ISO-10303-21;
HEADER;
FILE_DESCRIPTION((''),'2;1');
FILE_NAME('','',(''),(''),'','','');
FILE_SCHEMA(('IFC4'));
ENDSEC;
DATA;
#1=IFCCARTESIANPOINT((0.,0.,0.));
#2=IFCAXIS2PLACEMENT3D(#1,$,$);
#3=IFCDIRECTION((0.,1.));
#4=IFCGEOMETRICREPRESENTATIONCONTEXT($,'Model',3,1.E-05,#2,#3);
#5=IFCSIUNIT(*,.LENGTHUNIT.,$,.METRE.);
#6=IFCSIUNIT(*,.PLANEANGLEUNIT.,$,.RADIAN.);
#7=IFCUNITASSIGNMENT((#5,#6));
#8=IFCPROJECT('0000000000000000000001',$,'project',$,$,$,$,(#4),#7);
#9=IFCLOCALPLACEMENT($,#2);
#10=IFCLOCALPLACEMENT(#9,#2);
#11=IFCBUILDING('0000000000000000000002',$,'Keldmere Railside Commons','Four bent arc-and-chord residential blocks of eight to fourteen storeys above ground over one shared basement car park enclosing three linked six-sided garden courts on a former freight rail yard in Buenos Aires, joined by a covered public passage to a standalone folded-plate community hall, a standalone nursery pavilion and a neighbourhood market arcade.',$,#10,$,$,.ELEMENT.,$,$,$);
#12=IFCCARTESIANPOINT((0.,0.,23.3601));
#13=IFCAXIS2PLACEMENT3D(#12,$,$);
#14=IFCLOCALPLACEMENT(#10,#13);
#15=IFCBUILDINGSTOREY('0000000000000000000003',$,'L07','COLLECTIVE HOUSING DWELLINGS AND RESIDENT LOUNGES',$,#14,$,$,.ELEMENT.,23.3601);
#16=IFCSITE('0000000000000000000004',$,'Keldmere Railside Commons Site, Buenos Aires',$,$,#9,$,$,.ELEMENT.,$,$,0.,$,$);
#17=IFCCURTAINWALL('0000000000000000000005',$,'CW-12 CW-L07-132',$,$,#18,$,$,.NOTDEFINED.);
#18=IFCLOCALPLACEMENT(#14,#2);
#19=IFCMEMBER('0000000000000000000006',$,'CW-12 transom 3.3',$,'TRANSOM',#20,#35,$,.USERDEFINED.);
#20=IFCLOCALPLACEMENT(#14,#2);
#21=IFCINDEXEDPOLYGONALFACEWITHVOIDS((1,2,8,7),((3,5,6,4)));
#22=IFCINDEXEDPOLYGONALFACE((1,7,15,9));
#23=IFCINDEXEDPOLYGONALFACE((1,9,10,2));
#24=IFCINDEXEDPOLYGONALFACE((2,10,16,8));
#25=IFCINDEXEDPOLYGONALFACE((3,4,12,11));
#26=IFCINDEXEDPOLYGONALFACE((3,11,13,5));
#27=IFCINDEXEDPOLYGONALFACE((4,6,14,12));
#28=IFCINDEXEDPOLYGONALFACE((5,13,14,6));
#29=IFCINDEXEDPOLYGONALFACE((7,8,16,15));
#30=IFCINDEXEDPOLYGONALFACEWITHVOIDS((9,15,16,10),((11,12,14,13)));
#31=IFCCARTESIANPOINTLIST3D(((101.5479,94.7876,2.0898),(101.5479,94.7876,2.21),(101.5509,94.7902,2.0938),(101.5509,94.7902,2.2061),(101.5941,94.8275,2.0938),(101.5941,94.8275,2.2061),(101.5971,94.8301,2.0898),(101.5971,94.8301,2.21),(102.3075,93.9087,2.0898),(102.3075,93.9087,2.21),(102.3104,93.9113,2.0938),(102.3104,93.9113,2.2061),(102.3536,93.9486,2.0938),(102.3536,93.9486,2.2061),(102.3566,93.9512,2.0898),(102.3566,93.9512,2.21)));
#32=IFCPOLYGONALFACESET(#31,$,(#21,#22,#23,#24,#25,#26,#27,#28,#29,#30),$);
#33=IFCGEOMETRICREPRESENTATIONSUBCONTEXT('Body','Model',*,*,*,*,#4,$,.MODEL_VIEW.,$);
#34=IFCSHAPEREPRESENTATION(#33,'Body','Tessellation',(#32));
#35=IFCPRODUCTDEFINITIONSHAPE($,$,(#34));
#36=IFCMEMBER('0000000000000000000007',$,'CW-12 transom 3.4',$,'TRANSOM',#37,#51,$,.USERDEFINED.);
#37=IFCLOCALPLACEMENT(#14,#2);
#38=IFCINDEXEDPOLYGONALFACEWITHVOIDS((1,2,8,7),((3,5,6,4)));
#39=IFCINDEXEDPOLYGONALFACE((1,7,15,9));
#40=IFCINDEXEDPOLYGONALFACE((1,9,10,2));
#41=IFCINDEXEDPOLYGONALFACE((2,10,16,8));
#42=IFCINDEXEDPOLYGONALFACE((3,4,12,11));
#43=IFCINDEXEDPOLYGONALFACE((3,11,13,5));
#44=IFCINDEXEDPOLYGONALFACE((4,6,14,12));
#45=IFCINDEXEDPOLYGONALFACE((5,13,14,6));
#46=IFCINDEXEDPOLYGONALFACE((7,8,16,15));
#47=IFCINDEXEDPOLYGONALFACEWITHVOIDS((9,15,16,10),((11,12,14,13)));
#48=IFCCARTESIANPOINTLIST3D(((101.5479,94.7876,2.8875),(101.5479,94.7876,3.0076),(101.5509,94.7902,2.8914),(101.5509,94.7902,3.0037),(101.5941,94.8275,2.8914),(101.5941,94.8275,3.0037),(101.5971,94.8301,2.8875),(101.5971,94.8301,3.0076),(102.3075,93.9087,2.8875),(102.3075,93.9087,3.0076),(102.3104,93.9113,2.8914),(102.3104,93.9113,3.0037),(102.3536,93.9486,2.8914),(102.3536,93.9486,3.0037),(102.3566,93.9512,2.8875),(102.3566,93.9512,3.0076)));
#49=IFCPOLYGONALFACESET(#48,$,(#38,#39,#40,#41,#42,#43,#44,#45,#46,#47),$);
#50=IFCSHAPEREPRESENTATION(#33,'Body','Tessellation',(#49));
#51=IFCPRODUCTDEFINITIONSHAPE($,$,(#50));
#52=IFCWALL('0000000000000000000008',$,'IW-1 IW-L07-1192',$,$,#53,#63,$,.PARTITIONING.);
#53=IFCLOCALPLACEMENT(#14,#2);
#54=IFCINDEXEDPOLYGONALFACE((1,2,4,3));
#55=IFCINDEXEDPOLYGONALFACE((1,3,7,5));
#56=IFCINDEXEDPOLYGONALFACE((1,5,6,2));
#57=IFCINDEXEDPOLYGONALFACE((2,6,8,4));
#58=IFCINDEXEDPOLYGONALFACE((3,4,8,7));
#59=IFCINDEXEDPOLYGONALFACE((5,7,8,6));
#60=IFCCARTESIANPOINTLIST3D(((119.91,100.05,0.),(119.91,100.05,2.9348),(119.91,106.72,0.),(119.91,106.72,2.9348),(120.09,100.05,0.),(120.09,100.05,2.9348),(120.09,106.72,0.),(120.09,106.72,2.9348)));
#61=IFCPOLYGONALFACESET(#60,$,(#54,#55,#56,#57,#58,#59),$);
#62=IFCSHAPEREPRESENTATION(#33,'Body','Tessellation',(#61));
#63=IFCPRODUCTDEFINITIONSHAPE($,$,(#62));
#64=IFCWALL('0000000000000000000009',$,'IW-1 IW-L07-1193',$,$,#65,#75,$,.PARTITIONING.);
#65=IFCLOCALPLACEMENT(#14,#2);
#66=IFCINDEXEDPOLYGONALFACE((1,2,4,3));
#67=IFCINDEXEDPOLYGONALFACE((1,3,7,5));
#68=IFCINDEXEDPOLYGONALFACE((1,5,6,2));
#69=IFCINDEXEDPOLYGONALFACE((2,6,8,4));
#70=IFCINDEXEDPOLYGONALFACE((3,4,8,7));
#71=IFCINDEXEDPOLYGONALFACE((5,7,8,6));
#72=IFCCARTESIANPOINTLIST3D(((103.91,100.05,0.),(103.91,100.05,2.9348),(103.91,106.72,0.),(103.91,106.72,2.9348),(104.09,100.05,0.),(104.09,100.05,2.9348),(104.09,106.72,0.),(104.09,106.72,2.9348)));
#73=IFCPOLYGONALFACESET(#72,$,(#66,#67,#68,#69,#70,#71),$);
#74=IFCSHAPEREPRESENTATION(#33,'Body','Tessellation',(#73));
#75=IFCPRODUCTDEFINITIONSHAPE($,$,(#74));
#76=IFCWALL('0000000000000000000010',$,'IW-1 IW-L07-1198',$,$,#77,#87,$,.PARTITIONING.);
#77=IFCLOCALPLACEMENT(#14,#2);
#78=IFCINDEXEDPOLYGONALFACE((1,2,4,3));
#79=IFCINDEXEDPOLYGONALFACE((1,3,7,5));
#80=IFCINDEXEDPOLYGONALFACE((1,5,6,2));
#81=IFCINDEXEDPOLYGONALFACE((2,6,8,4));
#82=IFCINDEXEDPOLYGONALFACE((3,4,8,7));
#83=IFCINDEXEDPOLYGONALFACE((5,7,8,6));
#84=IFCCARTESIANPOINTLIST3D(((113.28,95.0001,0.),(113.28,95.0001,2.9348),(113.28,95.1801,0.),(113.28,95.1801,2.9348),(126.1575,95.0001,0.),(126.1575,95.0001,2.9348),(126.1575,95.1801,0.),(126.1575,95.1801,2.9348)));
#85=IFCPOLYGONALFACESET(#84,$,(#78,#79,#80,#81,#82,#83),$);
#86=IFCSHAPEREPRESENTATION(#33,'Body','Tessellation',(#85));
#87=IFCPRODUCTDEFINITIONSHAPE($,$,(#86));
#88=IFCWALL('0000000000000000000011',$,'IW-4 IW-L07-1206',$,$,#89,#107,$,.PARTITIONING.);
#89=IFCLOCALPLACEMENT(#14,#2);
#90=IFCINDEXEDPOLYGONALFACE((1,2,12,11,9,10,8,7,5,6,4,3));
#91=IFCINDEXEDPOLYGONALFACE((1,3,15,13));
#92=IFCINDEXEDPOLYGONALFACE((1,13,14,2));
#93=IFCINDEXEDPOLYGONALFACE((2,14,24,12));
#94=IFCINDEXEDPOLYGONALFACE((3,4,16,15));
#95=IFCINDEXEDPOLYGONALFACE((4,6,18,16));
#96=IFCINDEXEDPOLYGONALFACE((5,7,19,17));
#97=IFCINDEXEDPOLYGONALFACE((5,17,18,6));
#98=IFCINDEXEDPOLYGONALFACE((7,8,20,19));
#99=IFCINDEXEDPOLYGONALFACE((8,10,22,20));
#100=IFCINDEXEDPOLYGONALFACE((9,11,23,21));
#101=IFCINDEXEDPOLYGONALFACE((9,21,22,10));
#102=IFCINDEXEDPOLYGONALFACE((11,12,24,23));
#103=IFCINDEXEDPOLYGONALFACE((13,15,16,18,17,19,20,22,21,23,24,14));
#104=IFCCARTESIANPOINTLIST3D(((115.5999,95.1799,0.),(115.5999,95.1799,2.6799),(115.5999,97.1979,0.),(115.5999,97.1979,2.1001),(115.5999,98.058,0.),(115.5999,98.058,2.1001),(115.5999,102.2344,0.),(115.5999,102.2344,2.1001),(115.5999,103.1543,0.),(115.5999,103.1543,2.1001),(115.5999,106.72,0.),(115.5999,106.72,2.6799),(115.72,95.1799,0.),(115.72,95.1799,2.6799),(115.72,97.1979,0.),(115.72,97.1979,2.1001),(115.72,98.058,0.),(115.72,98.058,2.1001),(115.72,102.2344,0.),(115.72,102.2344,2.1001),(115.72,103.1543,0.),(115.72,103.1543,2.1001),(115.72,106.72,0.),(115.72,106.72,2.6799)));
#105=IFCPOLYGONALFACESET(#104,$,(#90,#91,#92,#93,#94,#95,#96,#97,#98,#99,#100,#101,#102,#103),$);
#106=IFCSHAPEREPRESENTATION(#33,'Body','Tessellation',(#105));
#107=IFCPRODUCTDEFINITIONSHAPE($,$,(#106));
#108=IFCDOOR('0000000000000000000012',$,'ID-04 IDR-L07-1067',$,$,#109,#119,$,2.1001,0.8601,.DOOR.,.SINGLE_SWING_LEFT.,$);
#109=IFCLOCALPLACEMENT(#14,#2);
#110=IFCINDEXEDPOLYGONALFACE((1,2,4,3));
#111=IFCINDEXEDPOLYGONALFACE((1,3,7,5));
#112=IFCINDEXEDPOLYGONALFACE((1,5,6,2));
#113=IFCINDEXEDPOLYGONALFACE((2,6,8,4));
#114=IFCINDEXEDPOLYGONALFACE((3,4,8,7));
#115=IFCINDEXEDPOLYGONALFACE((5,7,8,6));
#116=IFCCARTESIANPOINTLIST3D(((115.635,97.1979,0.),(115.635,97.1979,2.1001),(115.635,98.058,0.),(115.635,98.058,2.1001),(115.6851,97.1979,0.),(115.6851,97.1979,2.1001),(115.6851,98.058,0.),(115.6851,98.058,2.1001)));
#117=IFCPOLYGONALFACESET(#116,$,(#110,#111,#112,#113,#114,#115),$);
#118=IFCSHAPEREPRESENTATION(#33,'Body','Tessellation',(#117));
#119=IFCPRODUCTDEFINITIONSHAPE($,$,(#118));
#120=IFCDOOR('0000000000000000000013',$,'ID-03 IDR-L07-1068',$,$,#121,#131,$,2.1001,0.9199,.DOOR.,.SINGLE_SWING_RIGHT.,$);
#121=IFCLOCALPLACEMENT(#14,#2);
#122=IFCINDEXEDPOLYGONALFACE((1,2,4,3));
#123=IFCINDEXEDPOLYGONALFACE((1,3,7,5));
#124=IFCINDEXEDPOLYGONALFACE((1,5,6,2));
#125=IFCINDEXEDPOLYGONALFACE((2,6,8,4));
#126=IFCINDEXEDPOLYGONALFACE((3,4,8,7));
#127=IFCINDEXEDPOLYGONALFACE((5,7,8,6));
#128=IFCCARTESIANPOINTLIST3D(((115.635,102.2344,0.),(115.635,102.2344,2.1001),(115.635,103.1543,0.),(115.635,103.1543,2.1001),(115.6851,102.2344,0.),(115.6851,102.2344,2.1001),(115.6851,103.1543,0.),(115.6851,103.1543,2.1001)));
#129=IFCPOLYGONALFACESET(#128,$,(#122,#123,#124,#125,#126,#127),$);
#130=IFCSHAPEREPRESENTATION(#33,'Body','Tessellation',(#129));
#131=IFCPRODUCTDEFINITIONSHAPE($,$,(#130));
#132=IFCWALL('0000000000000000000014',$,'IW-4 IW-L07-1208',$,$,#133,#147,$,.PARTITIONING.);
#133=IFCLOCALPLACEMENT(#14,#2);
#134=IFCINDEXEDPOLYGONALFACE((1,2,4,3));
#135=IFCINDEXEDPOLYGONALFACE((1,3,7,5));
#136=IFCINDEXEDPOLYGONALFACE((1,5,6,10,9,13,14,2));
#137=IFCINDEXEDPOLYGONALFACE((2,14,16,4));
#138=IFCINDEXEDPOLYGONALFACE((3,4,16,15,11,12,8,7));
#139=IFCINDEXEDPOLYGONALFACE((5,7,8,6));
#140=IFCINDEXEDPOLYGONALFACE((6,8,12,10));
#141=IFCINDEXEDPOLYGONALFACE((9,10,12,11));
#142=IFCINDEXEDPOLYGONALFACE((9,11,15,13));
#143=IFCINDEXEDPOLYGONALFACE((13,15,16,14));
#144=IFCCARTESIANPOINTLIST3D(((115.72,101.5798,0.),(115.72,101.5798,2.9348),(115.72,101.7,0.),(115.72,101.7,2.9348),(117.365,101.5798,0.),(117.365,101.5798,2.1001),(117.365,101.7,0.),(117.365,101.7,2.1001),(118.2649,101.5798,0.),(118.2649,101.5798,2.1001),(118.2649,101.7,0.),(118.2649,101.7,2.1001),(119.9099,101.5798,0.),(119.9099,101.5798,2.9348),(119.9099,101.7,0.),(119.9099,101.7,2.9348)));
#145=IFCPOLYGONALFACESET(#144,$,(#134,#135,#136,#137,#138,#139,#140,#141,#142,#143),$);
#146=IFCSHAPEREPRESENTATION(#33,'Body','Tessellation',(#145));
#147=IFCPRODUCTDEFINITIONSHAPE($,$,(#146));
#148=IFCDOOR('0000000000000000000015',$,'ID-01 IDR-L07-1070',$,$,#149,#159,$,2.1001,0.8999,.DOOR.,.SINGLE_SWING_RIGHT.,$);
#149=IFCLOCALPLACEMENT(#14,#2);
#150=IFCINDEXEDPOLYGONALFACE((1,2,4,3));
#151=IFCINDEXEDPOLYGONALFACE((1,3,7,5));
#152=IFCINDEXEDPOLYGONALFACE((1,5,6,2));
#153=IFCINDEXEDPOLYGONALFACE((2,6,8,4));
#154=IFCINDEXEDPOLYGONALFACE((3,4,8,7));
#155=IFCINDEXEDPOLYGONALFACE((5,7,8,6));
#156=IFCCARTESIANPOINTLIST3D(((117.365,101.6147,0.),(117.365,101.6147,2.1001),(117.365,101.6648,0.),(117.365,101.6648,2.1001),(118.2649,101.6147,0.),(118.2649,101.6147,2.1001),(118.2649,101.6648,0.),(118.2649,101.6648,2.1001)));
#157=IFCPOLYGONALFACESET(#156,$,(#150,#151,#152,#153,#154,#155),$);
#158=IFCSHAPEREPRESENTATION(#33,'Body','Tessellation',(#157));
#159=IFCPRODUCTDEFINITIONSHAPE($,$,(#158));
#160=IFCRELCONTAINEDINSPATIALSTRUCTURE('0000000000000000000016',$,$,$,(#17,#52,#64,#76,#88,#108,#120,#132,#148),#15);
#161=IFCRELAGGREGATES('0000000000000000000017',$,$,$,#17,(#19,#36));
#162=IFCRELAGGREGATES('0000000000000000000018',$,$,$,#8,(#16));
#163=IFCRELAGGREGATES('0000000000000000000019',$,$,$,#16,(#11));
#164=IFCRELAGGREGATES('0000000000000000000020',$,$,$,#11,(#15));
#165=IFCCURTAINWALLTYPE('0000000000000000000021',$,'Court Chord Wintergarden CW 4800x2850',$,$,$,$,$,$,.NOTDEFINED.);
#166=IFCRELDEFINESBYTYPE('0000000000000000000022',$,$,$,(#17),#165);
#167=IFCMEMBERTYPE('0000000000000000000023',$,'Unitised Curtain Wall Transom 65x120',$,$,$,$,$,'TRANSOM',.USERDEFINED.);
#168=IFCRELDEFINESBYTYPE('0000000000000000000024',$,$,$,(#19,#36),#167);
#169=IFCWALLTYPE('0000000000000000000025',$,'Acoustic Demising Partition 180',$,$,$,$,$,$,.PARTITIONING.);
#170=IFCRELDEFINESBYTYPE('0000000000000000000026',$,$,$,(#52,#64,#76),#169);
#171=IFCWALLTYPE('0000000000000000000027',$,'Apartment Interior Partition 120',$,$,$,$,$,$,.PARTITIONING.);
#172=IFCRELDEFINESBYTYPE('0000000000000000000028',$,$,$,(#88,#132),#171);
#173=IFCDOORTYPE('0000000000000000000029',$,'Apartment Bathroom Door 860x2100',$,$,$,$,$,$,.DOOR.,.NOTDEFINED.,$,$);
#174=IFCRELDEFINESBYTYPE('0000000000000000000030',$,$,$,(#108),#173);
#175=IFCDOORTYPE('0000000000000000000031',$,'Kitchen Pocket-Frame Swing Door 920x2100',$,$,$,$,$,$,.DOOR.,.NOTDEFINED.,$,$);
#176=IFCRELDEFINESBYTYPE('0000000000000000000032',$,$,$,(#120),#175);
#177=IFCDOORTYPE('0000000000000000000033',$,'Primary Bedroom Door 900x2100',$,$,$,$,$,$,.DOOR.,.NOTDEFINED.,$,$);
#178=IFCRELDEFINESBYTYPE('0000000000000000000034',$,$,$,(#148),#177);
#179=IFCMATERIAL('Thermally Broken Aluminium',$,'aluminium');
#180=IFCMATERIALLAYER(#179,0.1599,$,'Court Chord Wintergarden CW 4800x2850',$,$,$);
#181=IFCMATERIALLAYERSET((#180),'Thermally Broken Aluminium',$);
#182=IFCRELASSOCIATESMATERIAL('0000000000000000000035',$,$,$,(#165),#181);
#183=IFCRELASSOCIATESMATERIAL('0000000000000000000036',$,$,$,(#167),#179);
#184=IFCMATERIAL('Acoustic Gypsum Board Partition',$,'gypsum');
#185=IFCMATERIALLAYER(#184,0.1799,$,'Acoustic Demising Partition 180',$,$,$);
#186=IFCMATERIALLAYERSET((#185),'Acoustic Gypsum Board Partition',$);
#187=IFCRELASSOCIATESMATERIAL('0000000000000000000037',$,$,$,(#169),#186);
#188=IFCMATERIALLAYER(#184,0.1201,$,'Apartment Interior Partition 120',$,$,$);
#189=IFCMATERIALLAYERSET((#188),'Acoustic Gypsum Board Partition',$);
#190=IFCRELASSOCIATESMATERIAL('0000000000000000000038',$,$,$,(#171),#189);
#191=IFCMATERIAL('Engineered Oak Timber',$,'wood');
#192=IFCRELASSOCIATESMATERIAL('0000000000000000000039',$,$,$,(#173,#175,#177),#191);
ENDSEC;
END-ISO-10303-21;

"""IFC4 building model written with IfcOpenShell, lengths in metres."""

from ifc_helpers import new_model, si_unit, direction, frame, frame_2d, origin, origin_2d, place, context, subcontext, project, spatial, rectangle, hollow_rectangle, extrude, material, layer, layer_set, material_profile, profile_set, type_object, element, fill, aggregate, save


model = new_model("IFC4")

# Units and contexts
model_context = context("Model", 3, precision=1e-05, world=origin(), true_north=direction((0.0, 1.0)))
body_context = subcontext(model_context, "Body", "Model", "MODEL_VIEW")
ifc_project = project(units=[si_unit("LENGTHUNIT", "METRE"), si_unit("PLANEANGLEUNIT", "RADIAN")], contexts=[model_context])

# Site, building, storey
site_placement = place(None, origin())
site = spatial("IfcSite", under=ifc_project, at=site_placement, Name="Keldmere Railside Commons Site, Buenos Aires", CompositionType="ELEMENT", RefElevation=0.0)
building_placement = place(site_placement, origin())
building = spatial("IfcBuilding", under=site, at=building_placement, Name="Keldmere Railside Commons", Description="Four bent arc-and-chord residential blocks of eight to fourteen storeys above ground over one shared basement car park enclosing three linked six-sided garden courts on a former freight rail yard in Buenos Aires, joined by a covered public passage to a standalone folded-plate community hall, a standalone nursery pavilion and a neighbourhood market arcade.", CompositionType="ELEMENT")
storey_placement = place(building_placement, frame((0.0, 0.0, 23.3601)))
storey = spatial("IfcBuildingStorey", under=building, at=storey_placement, Name="L07", Description="COLLECTIVE HOUSING DWELLINGS AND RESIDENT LOUNGES", CompositionType="ELEMENT", Elevation=23.3601)

# Curtain wall, members
ifc_material_1 = material(Name="Thermally Broken Aluminium", Category="aluminium")
ifc_layer_1 = layer(ifc_material_1, 0.1599, Name="Court Chord Wintergarden CW 4800x2850")
ifc_layer_set_1 = layer_set([ifc_layer_1], Name="Thermally Broken Aluminium")
curtain_wall_type = type_object("IfcCurtainWallType", Name="Court Chord Wintergarden CW 4800x2850", PredefinedType="NOTDEFINED", material=ifc_layer_set_1)
curtain_wall_placement = place(storey_placement, origin())
curtain_wall = element("IfcCurtainWall", 1, at=curtain_wall_placement, inside=storey, type_object=curtain_wall_type, Name="CW-12 CW-L07-132", PredefinedType="NOTDEFINED")
ifc_material_profile_1 = material_profile(ifc_material_1, hollow_rectangle(XDim=0.0649, YDim=0.1201, WallThickness=0.0039, at=origin_2d()), Name="ALU-TRAN-65x120")
ifc_profile_set_1 = profile_set([ifc_material_profile_1], Name="Thermally Broken Aluminium")
member_type_1 = type_object("IfcMemberType", Name="Unitised Curtain Wall Transom 65x120", ElementType="TRANSOM", PredefinedType="USERDEFINED", material=ifc_profile_set_1)
member_1_placement = place(storey_placement, frame((102.332, 93.9299, 2.1499), z_axis=(-0.65385, 0.756624, 0.0), x_axis=(-0.756624, -0.65385, 0.0)))
member_1 = element("IfcMember", 2, at=member_1_placement, type_object=member_type_1, Name="CW-12 transom 3.3", ObjectType="TRANSOM", PredefinedType="USERDEFINED", context=body_context, shape_type="SweptSolid", body=[
    extrude(hollow_rectangle(XDim=0.0649, YDim=0.1201, WallThickness=0.0039, at=origin_2d()), origin(), (0.0, 0.0, 1.0), 1.1616),
])
member_2_placement = place(storey_placement, frame((102.332, 93.9299, 2.9475), z_axis=(-0.65385, 0.756624, 0.0), x_axis=(-0.756624, -0.65385, 0.0)))
member_2 = element("IfcMember", 3, at=member_2_placement, type_object=member_type_1, Name="CW-12 transom 3.4", ObjectType="TRANSOM", PredefinedType="USERDEFINED", context=body_context, shape_type="SweptSolid", body=[
    extrude(hollow_rectangle(XDim=0.0649, YDim=0.1201, WallThickness=0.0039, at=origin_2d()), origin(), (0.0, 0.0, 1.0), 1.1616),
])
aggregate(curtain_wall, [member_1, member_2])

# Walls
ifc_material_2 = material(Name="Acoustic Gypsum Board Partition", Category="gypsum")
ifc_layer_2 = layer(ifc_material_2, 0.1799, Name="Acoustic Demising Partition 180")
ifc_layer_set_2 = layer_set([ifc_layer_2], Name="Acoustic Gypsum Board Partition")
wall_type_1 = type_object("IfcWallType", Name="Acoustic Demising Partition 180", PredefinedType="PARTITIONING", material=ifc_layer_set_2)
for number, where, z_axis, x_axis, name in (
    (4, (120.0, 100.05, 0.0), (0.0, 0.0, 1.0), (0.0, 1.0, 0.0), "IW-1 IW-L07-1192"),
    (5, (104.0, 100.05, 0.0), (0.0, 0.0, 1.0), (0.0, 1.0, 0.0), "IW-1 IW-L07-1193"),
):
    element("IfcWall", number, at=place(storey_placement, frame(where, z_axis=z_axis, x_axis=x_axis)), inside=storey, type_object=wall_type_1, Name=name, PredefinedType="PARTITIONING", context=body_context, shape_type="SweptSolid", body=[
        extrude(rectangle(XDim=6.6699, YDim=0.1799, at=frame_2d((3.335, 0.0))), origin(), (0.0, 0.0, 1.0), 2.9348),
    ])
wall_1_placement = place(storey_placement, frame((113.28, 95.0901, 0.0), z_axis=(0.0, 0.0, 1.0), x_axis=(1.0, 0.0, 0.0)))
element("IfcWall", 6, at=wall_1_placement, inside=storey, type_object=wall_type_1, Name="IW-1 IW-L07-1198", PredefinedType="PARTITIONING", context=body_context, shape_type="SweptSolid", body=[
    extrude(rectangle(XDim=12.8774, YDim=0.1799, at=frame_2d((6.4387, 0.0))), origin(), (0.0, 0.0, 1.0), 2.9348),
])

# Wall, openings, doors
ifc_layer_3 = layer(ifc_material_2, 0.1201, Name="Apartment Interior Partition 120")
ifc_layer_set_3 = layer_set([ifc_layer_3], Name="Acoustic Gypsum Board Partition")
wall_type_2 = type_object("IfcWallType", Name="Apartment Interior Partition 120", PredefinedType="PARTITIONING", material=ifc_layer_set_3)
wall_2_placement = place(storey_placement, frame((115.6599, 95.1799, 0.0), z_axis=(0.0, 0.0, 1.0), x_axis=(0.0, 1.0, 0.0)))
wall_2 = element("IfcWall", 7, at=wall_2_placement, inside=storey, type_object=wall_type_2, Name="IW-4 IW-L07-1206", PredefinedType="PARTITIONING", context=body_context, shape_type="SweptSolid", body=[
    extrude(rectangle(XDim=11.54, YDim=0.1201, at=frame_2d((5.77, 0.0))), origin(), (0.0, 0.0, 1.0), 2.6799),
])
opening_1_placement = place(wall_2_placement, frame((2.0178, 0.0, 0.0)))
opening_1 = element("IfcOpeningElement", 8, at=opening_1_placement, cuts=wall_2, PredefinedType="OPENING", context=body_context, shape_type="SweptSolid", body=[
    extrude(rectangle(XDim=0.8601, YDim=2.1001, at=frame_2d((0.4302, 1.05))), frame((0.0, 0.0701, 0.0), z_axis=(0.0, -1.0, 0.0), x_axis=(1.0, 0.0, 0.0)), (0.0, 0.0, 1.0), 0.1401),
])
opening_2_placement = place(wall_2_placement, frame((7.0544, 0.0, 0.0)))
opening_2 = element("IfcOpeningElement", 9, at=opening_2_placement, cuts=wall_2, PredefinedType="OPENING", context=body_context, shape_type="SweptSolid", body=[
    extrude(rectangle(XDim=0.9199, YDim=2.1001, at=frame_2d((0.46, 1.05))), frame((0.0, 0.0701, 0.0), z_axis=(0.0, -1.0, 0.0), x_axis=(1.0, 0.0, 0.0)), (0.0, 0.0, 1.0), 0.1401),
])
ifc_material_3 = material(Name="Engineered Oak Timber", Category="wood")
door_type_1 = type_object("IfcDoorType", Name="Apartment Bathroom Door 860x2100", OperationType="NOTDEFINED", PredefinedType="DOOR", material=ifc_material_3)
door_1_placement = place(opening_1_placement, origin())
door_1 = element("IfcDoor", 10, at=door_1_placement, inside=storey, type_object=door_type_1, Name="ID-04 IDR-L07-1067", OperationType="SINGLE_SWING_LEFT", OverallHeight=2.1001, OverallWidth=0.8601, PredefinedType="DOOR", context=body_context, shape_type="SweptSolid", body=[
    extrude(rectangle(XDim=0.8601, YDim=2.1001, at=frame_2d((0.4302, 1.05))), frame((0.0, 0.0249, 0.0), z_axis=(0.0, -1.0, 0.0), x_axis=(1.0, 0.0, 0.0)), (0.0, 0.0, 1.0), 0.05),
])
fill(opening_1, door_1)
door_type_2 = type_object("IfcDoorType", Name="Kitchen Pocket-Frame Swing Door 920x2100", OperationType="NOTDEFINED", PredefinedType="DOOR", material=ifc_material_3)
door_2_placement = place(opening_2_placement, origin())
door_2 = element("IfcDoor", 11, at=door_2_placement, inside=storey, type_object=door_type_2, Name="ID-03 IDR-L07-1068", OperationType="SINGLE_SWING_RIGHT", OverallHeight=2.1001, OverallWidth=0.9199, PredefinedType="DOOR", context=body_context, shape_type="SweptSolid", body=[
    extrude(rectangle(XDim=0.9199, YDim=2.1001, at=frame_2d((0.46, 1.05))), frame((0.0, 0.0249, 0.0), z_axis=(0.0, -1.0, 0.0), x_axis=(1.0, 0.0, 0.0)), (0.0, 0.0, 1.0), 0.05),
])
fill(opening_2, door_2)

# Wall, opening, door
wall_3_placement = place(storey_placement, frame((115.72, 101.6399, 0.0), z_axis=(0.0, 0.0, 1.0), x_axis=(1.0, 0.0, 0.0)))
wall_3 = element("IfcWall", 12, at=wall_3_placement, inside=storey, type_object=wall_type_2, Name="IW-4 IW-L07-1208", PredefinedType="PARTITIONING", context=body_context, shape_type="SweptSolid", body=[
    extrude(rectangle(XDim=4.1899, YDim=0.1201, at=frame_2d((2.095, 0.0))), origin(), (0.0, 0.0, 1.0), 2.9348),
])
opening_3_placement = place(wall_3_placement, frame((1.645, 0.0, 0.0)))
opening_3 = element("IfcOpeningElement", 13, at=opening_3_placement, cuts=wall_3, PredefinedType="OPENING", context=body_context, shape_type="SweptSolid", body=[
    extrude(rectangle(XDim=0.8999, YDim=2.1001, at=frame_2d((0.45, 1.05))), frame((0.0, 0.0701, 0.0), z_axis=(0.0, -1.0, 0.0), x_axis=(1.0, 0.0, 0.0)), (0.0, 0.0, 1.0), 0.1401),
])
door_type_3 = type_object("IfcDoorType", Name="Primary Bedroom Door 900x2100", OperationType="NOTDEFINED", PredefinedType="DOOR", material=ifc_material_3)
door_3_placement = place(opening_3_placement, origin())
door_3 = element("IfcDoor", 14, at=door_3_placement, inside=storey, type_object=door_type_3, Name="ID-01 IDR-L07-1070", OperationType="SINGLE_SWING_RIGHT", OverallHeight=2.1001, OverallWidth=0.8999, PredefinedType="DOOR", context=body_context, shape_type="SweptSolid", body=[
    extrude(rectangle(XDim=0.8999, YDim=2.1001, at=frame_2d((0.45, 1.05))), frame((0.0, 0.0249, 0.0), z_axis=(0.0, -1.0, 0.0), x_axis=(1.0, 0.0, 0.0)), (0.0, 0.0, 1.0), 0.05),
])
fill(opening_3, door_3)

save(model, "model.ifc")
